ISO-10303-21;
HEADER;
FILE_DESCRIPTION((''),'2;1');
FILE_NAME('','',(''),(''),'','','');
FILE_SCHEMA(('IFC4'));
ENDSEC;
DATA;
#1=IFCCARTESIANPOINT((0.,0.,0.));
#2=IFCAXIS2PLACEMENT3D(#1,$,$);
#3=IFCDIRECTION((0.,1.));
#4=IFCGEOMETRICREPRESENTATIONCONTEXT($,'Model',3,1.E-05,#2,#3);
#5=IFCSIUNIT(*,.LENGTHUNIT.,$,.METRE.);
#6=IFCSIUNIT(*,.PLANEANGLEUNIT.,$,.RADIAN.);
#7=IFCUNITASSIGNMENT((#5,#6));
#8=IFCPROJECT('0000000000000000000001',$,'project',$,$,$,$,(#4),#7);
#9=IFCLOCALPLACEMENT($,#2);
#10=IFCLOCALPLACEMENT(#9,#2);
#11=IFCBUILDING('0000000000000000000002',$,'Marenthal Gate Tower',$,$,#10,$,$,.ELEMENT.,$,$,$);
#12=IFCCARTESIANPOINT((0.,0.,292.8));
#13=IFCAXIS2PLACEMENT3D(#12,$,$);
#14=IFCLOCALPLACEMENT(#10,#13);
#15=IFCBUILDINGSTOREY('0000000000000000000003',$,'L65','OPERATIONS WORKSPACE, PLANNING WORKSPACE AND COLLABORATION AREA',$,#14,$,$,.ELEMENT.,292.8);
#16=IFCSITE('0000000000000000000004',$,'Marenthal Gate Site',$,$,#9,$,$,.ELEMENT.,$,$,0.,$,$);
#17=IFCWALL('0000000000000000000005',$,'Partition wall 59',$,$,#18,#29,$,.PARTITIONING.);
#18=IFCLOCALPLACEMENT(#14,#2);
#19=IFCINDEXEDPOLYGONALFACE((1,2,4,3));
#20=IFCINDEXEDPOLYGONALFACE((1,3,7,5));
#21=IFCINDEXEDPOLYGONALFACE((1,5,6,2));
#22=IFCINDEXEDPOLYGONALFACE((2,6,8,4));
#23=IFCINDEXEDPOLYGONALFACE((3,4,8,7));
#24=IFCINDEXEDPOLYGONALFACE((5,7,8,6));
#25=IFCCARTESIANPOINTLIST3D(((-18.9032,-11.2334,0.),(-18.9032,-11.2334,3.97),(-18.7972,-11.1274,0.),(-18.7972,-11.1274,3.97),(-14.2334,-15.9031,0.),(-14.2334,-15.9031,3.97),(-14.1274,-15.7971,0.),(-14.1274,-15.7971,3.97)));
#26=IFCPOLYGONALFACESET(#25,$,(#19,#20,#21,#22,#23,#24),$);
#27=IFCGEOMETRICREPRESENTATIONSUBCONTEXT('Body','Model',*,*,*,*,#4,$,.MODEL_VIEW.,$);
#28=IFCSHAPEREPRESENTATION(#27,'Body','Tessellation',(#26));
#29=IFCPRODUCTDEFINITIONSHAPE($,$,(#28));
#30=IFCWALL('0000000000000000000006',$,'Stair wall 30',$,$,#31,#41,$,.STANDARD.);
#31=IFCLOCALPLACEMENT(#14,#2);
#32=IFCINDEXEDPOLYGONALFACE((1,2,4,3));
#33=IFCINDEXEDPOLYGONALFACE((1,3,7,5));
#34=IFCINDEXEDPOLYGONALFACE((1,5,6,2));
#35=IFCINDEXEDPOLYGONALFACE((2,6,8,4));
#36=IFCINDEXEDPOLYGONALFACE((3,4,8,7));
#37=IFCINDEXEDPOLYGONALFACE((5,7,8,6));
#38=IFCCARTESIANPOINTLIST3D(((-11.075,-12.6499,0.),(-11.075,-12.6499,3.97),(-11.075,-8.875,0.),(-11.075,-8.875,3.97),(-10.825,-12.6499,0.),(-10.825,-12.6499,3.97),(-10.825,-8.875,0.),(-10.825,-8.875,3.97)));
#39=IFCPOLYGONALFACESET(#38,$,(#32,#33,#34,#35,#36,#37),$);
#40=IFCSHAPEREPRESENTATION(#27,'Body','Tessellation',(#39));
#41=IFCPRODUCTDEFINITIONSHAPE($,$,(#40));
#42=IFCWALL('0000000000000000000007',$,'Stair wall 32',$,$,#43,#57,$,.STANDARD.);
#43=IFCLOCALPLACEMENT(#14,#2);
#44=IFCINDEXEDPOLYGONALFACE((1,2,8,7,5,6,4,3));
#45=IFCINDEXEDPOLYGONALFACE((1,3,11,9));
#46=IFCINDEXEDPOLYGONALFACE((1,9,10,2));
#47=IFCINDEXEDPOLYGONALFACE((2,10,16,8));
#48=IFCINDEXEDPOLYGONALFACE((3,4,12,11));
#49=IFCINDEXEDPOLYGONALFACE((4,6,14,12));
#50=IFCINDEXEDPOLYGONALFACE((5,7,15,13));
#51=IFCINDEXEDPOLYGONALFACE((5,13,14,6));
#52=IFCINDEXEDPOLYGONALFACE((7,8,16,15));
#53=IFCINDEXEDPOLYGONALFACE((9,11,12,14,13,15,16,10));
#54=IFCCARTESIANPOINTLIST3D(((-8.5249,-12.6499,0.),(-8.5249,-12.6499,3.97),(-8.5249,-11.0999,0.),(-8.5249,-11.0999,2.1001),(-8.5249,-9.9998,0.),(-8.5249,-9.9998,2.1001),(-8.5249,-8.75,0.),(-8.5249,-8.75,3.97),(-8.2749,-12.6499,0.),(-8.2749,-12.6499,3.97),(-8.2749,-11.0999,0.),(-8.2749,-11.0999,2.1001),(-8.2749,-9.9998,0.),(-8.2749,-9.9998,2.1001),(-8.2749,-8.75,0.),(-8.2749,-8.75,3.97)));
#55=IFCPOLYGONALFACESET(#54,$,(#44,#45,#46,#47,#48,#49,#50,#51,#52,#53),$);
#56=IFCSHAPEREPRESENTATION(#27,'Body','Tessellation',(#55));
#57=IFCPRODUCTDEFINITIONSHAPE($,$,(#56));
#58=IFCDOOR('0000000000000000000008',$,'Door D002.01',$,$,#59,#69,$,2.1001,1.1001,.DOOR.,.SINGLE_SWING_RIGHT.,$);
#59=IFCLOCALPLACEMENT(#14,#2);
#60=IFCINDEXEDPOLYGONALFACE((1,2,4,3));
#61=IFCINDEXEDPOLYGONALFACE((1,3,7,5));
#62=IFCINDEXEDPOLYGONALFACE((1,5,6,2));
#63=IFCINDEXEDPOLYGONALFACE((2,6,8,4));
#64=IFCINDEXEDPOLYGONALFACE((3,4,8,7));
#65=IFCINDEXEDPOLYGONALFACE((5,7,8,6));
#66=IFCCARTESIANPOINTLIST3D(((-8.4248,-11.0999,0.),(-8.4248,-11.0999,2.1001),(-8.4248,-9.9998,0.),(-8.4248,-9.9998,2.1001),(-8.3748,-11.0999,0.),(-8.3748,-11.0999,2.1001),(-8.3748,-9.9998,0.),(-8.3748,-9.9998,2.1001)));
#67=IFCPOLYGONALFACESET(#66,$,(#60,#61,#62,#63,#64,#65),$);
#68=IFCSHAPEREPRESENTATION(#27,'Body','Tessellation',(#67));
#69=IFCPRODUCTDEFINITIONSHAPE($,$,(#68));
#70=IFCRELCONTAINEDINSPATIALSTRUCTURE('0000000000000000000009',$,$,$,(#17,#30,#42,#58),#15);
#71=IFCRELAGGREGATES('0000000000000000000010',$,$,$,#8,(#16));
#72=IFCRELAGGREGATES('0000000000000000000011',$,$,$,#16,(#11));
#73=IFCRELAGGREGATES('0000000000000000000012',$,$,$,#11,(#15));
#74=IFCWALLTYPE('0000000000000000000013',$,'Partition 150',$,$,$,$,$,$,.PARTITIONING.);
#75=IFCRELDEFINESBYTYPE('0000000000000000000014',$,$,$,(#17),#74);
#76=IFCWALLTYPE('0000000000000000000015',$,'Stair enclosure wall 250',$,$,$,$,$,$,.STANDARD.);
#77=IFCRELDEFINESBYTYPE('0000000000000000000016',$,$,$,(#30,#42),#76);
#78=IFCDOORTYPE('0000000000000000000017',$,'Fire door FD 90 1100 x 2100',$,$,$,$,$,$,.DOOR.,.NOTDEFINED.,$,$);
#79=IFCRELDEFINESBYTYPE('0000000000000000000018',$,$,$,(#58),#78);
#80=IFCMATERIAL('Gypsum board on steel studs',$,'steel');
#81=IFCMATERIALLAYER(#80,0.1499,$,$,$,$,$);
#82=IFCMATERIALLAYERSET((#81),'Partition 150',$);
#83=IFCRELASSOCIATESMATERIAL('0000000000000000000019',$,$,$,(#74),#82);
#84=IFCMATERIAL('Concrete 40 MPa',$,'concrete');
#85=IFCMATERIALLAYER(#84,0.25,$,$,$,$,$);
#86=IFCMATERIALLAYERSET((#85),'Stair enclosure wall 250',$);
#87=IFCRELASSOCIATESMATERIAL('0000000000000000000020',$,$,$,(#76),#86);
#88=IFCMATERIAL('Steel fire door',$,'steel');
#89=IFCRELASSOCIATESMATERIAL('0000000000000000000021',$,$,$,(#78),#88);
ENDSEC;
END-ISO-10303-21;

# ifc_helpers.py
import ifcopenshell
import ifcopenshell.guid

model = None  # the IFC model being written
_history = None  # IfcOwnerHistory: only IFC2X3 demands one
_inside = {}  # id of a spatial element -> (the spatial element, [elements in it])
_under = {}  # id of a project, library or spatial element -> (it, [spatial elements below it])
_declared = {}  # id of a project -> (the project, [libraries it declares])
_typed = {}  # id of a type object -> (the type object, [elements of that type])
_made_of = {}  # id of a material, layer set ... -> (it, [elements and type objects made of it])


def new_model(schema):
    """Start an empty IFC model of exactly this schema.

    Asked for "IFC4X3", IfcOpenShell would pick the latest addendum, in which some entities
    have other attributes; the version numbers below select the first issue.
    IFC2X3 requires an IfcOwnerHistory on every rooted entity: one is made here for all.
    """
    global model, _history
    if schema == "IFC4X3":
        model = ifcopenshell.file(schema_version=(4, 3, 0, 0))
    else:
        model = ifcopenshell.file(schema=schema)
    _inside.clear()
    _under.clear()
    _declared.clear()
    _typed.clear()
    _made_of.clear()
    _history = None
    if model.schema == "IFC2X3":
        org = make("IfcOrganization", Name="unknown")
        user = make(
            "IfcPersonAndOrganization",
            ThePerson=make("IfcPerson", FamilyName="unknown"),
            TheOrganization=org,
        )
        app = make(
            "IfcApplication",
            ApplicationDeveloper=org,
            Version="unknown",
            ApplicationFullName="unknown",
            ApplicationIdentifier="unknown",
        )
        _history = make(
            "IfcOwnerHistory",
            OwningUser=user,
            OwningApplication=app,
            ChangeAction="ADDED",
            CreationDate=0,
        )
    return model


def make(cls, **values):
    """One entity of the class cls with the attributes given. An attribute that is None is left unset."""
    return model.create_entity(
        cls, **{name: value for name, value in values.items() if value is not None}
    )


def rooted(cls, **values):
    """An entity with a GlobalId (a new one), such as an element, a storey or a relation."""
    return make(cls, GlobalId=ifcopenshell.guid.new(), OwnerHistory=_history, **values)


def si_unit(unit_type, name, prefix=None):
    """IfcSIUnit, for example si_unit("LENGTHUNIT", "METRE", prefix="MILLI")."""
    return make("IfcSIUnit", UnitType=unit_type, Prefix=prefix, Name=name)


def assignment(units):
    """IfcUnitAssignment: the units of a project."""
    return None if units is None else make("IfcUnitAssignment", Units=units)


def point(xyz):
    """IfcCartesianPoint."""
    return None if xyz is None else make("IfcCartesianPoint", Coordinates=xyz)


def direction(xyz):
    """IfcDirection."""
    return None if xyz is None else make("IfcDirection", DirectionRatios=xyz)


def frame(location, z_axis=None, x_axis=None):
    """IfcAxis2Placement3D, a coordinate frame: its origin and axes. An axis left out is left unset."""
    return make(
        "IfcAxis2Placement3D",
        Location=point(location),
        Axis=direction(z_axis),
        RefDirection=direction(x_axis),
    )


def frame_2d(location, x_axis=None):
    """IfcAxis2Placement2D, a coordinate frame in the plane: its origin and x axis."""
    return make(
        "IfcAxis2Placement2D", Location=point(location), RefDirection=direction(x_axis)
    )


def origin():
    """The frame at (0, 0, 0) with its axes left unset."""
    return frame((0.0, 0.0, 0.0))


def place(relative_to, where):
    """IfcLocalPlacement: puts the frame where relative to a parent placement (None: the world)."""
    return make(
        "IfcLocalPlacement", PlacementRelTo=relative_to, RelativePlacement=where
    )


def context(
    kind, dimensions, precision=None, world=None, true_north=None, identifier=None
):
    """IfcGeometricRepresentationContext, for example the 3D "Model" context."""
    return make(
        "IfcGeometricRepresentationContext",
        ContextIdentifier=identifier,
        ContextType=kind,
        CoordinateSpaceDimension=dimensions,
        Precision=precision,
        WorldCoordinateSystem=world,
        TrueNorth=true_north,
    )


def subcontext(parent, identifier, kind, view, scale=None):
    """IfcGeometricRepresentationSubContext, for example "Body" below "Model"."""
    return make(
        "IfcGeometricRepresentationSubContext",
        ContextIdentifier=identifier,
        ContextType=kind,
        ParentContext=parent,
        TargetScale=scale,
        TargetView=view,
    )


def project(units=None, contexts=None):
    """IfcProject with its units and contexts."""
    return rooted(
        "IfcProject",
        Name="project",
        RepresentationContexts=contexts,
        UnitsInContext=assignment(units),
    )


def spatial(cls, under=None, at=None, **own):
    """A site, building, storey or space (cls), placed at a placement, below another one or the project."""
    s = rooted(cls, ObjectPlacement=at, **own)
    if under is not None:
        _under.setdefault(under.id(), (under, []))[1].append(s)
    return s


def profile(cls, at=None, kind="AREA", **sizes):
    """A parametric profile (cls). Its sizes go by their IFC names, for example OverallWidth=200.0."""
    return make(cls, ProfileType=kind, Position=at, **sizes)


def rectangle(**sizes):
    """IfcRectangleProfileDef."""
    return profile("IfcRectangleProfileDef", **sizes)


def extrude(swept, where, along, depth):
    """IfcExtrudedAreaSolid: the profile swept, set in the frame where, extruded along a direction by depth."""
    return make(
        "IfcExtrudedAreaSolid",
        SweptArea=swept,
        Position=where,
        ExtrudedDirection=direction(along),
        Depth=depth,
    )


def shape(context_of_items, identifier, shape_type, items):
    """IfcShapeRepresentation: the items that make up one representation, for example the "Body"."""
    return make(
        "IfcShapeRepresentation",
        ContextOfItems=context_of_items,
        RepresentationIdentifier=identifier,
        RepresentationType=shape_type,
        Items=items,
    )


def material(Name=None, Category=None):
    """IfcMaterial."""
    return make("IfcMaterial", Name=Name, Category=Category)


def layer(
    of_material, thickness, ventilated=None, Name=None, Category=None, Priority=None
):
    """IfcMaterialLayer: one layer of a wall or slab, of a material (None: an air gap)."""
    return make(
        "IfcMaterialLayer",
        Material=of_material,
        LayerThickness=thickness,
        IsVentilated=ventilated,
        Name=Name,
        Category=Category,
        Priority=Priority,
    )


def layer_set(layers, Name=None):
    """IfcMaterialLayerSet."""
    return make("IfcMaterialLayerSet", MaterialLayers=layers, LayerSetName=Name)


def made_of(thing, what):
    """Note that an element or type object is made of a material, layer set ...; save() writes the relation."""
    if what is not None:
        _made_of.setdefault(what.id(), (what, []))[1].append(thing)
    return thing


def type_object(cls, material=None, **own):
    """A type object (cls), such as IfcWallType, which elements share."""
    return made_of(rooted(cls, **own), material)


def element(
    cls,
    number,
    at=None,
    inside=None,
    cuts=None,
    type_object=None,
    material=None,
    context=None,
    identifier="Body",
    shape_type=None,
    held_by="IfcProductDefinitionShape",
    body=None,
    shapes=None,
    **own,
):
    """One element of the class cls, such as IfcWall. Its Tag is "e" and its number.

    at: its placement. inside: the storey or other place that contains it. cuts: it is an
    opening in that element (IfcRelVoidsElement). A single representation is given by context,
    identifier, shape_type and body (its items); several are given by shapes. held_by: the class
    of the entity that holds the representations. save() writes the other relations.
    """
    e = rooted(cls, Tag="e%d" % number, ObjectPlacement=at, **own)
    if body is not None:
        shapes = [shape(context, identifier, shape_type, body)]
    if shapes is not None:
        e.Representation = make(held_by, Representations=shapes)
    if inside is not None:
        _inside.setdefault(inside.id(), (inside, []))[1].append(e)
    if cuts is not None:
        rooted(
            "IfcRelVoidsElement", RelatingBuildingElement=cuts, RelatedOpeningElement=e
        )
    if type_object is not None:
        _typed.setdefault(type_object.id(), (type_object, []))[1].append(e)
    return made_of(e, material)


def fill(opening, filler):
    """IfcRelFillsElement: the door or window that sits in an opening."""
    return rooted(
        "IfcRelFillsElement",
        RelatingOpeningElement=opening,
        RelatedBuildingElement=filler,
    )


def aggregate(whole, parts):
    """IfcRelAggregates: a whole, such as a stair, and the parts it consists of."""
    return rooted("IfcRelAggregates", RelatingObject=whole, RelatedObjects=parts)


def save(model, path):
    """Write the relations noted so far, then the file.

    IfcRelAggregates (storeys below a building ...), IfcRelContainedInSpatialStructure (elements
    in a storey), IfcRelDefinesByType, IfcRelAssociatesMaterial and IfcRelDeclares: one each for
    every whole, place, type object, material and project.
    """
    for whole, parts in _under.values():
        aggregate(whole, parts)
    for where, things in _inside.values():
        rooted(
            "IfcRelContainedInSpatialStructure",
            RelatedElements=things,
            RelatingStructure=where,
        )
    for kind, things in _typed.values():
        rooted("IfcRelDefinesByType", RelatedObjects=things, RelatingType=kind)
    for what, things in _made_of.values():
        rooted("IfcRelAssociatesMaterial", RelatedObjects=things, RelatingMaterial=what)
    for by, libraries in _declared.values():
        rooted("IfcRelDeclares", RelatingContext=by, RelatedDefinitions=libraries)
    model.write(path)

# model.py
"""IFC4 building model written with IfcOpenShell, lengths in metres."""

from ifc_helpers import new_model, si_unit, direction, frame, frame_2d, origin, place, context, subcontext, project, spatial, rectangle, extrude, material, layer, layer_set, type_object, element, fill, save


model = new_model("IFC4")

# Units and contexts
model_context = context("Model", 3, precision=1e-05, world=origin(), true_north=direction((0.0, 1.0)))
body_context = subcontext(model_context, "Body", "Model", "MODEL_VIEW")
ifc_project = project(units=[si_unit("LENGTHUNIT", "METRE"), si_unit("PLANEANGLEUNIT", "RADIAN")], contexts=[model_context])

# Site, building, storey
site_placement = place(None, origin())
site = spatial("IfcSite", under=ifc_project, at=site_placement, Name="Marenthal Gate Site", CompositionType="ELEMENT", RefElevation=0.0)
building_placement = place(site_placement, origin())
building = spatial("IfcBuilding", under=site, at=building_placement, Name="Marenthal Gate Tower", CompositionType="ELEMENT")
storey_placement = place(building_placement, frame((0.0, 0.0, 292.8)))
storey = spatial("IfcBuildingStorey", under=building, at=storey_placement, Name="L65", Description="OPERATIONS WORKSPACE, PLANNING WORKSPACE AND COLLABORATION AREA", CompositionType="ELEMENT", Elevation=292.8)

# Walls
ifc_material_1 = material(Name="Gypsum board on steel studs", Category="steel")
ifc_layer_1 = layer(ifc_material_1, 0.1499)
ifc_layer_set_1 = layer_set([ifc_layer_1], Name="Partition 150")
wall_type_1 = type_object("IfcWallType", Name="Partition 150", PredefinedType="PARTITIONING", material=ifc_layer_set_1)
wall_1_placement = place(storey_placement, frame((-14.1804, -15.8501, 0.0), z_axis=(0.0, 0.0, 1.0), x_axis=(-0.707107, 0.707107, 0.0)))
element("IfcWall", 1, at=wall_1_placement, inside=storey, type_object=wall_type_1, Name="Partition wall 59", PredefinedType="PARTITIONING", context=body_context, shape_type="SweptSolid", body=[
    extrude(rectangle(XDim=6.604, YDim=0.1499, at=frame_2d((3.302, 0.0))), origin(), (0.0, 0.0, 1.0), 3.97),
])
ifc_material_2 = material(Name="Concrete 40 MPa", Category="concrete")
ifc_layer_2 = layer(ifc_material_2, 0.25)
ifc_layer_set_2 = layer_set([ifc_layer_2], Name="Stair enclosure wall 250")
wall_type_2 = type_object("IfcWallType", Name="Stair enclosure wall 250", PredefinedType="STANDARD", material=ifc_layer_set_2)
wall_2_placement = place(storey_placement, frame((-10.95, -12.6499, 0.0), z_axis=(0.0, 0.0, 1.0), x_axis=(0.0, 1.0, 0.0)))
element("IfcWall", 2, at=wall_2_placement, inside=storey, type_object=wall_type_2, Name="Stair wall 30", PredefinedType="STANDARD", context=body_context, shape_type="SweptSolid", body=[
    extrude(rectangle(XDim=3.7749, YDim=0.25, at=frame_2d((1.8875, 0.0))), origin(), (0.0, 0.0, 1.0), 3.97),
])

# Wall, opening, door
wall_3_placement = place(storey_placement, frame((-8.3999, -12.6499, 0.0), z_axis=(0.0, 0.0, 1.0), x_axis=(0.0, 1.0, 0.0)))
wall_3 = element("IfcWall", 3, at=wall_3_placement, inside=storey, type_object=wall_type_2, Name="Stair wall 32", PredefinedType="STANDARD", context=body_context, shape_type="SweptSolid", body=[
    extrude(rectangle(XDim=3.8999, YDim=0.25, at=frame_2d((1.95, 0.0))), origin(), (0.0, 0.0, 1.0), 3.97),
])
opening_1_placement = place(wall_3_placement, frame((1.55, 0.0, 0.0)))
opening_1 = element("IfcOpeningElement", 4, at=opening_1_placement, cuts=wall_3, PredefinedType="OPENING", context=body_context, shape_type="SweptSolid", body=[
    extrude(rectangle(XDim=1.1001, YDim=2.1001, at=frame_2d((0.55, 1.05))), frame((0.0, 0.135, 0.0), z_axis=(0.0, -1.0, 0.0), x_axis=(1.0, 0.0, 0.0)), (0.0, 0.0, 1.0), 0.27),
])
ifc_material_3 = material(Name="Steel fire door", Category="steel")
door_type_1 = type_object("IfcDoorType", Name="Fire door FD 90 1100 x 2100", OperationType="NOTDEFINED", PredefinedType="DOOR", material=ifc_material_3)
door_1_placement = place(opening_1_placement, origin())
door_1 = element("IfcDoor", 5, at=door_1_placement, inside=storey, type_object=door_type_1, Name="Door D002.01", OperationType="SINGLE_SWING_RIGHT", OverallHeight=2.1001, OverallWidth=1.1001, PredefinedType="DOOR", context=body_context, shape_type="SweptSolid", body=[
    extrude(rectangle(XDim=1.1001, YDim=2.1001, at=frame_2d((0.55, 1.05))), frame((0.0, 0.0249, 0.0), z_axis=(0.0, -1.0, 0.0), x_axis=(1.0, 0.0, 0.0)), (0.0, 0.0, 1.0), 0.05),
])
fill(opening_1, door_1)

save(model, "model.ifc")
